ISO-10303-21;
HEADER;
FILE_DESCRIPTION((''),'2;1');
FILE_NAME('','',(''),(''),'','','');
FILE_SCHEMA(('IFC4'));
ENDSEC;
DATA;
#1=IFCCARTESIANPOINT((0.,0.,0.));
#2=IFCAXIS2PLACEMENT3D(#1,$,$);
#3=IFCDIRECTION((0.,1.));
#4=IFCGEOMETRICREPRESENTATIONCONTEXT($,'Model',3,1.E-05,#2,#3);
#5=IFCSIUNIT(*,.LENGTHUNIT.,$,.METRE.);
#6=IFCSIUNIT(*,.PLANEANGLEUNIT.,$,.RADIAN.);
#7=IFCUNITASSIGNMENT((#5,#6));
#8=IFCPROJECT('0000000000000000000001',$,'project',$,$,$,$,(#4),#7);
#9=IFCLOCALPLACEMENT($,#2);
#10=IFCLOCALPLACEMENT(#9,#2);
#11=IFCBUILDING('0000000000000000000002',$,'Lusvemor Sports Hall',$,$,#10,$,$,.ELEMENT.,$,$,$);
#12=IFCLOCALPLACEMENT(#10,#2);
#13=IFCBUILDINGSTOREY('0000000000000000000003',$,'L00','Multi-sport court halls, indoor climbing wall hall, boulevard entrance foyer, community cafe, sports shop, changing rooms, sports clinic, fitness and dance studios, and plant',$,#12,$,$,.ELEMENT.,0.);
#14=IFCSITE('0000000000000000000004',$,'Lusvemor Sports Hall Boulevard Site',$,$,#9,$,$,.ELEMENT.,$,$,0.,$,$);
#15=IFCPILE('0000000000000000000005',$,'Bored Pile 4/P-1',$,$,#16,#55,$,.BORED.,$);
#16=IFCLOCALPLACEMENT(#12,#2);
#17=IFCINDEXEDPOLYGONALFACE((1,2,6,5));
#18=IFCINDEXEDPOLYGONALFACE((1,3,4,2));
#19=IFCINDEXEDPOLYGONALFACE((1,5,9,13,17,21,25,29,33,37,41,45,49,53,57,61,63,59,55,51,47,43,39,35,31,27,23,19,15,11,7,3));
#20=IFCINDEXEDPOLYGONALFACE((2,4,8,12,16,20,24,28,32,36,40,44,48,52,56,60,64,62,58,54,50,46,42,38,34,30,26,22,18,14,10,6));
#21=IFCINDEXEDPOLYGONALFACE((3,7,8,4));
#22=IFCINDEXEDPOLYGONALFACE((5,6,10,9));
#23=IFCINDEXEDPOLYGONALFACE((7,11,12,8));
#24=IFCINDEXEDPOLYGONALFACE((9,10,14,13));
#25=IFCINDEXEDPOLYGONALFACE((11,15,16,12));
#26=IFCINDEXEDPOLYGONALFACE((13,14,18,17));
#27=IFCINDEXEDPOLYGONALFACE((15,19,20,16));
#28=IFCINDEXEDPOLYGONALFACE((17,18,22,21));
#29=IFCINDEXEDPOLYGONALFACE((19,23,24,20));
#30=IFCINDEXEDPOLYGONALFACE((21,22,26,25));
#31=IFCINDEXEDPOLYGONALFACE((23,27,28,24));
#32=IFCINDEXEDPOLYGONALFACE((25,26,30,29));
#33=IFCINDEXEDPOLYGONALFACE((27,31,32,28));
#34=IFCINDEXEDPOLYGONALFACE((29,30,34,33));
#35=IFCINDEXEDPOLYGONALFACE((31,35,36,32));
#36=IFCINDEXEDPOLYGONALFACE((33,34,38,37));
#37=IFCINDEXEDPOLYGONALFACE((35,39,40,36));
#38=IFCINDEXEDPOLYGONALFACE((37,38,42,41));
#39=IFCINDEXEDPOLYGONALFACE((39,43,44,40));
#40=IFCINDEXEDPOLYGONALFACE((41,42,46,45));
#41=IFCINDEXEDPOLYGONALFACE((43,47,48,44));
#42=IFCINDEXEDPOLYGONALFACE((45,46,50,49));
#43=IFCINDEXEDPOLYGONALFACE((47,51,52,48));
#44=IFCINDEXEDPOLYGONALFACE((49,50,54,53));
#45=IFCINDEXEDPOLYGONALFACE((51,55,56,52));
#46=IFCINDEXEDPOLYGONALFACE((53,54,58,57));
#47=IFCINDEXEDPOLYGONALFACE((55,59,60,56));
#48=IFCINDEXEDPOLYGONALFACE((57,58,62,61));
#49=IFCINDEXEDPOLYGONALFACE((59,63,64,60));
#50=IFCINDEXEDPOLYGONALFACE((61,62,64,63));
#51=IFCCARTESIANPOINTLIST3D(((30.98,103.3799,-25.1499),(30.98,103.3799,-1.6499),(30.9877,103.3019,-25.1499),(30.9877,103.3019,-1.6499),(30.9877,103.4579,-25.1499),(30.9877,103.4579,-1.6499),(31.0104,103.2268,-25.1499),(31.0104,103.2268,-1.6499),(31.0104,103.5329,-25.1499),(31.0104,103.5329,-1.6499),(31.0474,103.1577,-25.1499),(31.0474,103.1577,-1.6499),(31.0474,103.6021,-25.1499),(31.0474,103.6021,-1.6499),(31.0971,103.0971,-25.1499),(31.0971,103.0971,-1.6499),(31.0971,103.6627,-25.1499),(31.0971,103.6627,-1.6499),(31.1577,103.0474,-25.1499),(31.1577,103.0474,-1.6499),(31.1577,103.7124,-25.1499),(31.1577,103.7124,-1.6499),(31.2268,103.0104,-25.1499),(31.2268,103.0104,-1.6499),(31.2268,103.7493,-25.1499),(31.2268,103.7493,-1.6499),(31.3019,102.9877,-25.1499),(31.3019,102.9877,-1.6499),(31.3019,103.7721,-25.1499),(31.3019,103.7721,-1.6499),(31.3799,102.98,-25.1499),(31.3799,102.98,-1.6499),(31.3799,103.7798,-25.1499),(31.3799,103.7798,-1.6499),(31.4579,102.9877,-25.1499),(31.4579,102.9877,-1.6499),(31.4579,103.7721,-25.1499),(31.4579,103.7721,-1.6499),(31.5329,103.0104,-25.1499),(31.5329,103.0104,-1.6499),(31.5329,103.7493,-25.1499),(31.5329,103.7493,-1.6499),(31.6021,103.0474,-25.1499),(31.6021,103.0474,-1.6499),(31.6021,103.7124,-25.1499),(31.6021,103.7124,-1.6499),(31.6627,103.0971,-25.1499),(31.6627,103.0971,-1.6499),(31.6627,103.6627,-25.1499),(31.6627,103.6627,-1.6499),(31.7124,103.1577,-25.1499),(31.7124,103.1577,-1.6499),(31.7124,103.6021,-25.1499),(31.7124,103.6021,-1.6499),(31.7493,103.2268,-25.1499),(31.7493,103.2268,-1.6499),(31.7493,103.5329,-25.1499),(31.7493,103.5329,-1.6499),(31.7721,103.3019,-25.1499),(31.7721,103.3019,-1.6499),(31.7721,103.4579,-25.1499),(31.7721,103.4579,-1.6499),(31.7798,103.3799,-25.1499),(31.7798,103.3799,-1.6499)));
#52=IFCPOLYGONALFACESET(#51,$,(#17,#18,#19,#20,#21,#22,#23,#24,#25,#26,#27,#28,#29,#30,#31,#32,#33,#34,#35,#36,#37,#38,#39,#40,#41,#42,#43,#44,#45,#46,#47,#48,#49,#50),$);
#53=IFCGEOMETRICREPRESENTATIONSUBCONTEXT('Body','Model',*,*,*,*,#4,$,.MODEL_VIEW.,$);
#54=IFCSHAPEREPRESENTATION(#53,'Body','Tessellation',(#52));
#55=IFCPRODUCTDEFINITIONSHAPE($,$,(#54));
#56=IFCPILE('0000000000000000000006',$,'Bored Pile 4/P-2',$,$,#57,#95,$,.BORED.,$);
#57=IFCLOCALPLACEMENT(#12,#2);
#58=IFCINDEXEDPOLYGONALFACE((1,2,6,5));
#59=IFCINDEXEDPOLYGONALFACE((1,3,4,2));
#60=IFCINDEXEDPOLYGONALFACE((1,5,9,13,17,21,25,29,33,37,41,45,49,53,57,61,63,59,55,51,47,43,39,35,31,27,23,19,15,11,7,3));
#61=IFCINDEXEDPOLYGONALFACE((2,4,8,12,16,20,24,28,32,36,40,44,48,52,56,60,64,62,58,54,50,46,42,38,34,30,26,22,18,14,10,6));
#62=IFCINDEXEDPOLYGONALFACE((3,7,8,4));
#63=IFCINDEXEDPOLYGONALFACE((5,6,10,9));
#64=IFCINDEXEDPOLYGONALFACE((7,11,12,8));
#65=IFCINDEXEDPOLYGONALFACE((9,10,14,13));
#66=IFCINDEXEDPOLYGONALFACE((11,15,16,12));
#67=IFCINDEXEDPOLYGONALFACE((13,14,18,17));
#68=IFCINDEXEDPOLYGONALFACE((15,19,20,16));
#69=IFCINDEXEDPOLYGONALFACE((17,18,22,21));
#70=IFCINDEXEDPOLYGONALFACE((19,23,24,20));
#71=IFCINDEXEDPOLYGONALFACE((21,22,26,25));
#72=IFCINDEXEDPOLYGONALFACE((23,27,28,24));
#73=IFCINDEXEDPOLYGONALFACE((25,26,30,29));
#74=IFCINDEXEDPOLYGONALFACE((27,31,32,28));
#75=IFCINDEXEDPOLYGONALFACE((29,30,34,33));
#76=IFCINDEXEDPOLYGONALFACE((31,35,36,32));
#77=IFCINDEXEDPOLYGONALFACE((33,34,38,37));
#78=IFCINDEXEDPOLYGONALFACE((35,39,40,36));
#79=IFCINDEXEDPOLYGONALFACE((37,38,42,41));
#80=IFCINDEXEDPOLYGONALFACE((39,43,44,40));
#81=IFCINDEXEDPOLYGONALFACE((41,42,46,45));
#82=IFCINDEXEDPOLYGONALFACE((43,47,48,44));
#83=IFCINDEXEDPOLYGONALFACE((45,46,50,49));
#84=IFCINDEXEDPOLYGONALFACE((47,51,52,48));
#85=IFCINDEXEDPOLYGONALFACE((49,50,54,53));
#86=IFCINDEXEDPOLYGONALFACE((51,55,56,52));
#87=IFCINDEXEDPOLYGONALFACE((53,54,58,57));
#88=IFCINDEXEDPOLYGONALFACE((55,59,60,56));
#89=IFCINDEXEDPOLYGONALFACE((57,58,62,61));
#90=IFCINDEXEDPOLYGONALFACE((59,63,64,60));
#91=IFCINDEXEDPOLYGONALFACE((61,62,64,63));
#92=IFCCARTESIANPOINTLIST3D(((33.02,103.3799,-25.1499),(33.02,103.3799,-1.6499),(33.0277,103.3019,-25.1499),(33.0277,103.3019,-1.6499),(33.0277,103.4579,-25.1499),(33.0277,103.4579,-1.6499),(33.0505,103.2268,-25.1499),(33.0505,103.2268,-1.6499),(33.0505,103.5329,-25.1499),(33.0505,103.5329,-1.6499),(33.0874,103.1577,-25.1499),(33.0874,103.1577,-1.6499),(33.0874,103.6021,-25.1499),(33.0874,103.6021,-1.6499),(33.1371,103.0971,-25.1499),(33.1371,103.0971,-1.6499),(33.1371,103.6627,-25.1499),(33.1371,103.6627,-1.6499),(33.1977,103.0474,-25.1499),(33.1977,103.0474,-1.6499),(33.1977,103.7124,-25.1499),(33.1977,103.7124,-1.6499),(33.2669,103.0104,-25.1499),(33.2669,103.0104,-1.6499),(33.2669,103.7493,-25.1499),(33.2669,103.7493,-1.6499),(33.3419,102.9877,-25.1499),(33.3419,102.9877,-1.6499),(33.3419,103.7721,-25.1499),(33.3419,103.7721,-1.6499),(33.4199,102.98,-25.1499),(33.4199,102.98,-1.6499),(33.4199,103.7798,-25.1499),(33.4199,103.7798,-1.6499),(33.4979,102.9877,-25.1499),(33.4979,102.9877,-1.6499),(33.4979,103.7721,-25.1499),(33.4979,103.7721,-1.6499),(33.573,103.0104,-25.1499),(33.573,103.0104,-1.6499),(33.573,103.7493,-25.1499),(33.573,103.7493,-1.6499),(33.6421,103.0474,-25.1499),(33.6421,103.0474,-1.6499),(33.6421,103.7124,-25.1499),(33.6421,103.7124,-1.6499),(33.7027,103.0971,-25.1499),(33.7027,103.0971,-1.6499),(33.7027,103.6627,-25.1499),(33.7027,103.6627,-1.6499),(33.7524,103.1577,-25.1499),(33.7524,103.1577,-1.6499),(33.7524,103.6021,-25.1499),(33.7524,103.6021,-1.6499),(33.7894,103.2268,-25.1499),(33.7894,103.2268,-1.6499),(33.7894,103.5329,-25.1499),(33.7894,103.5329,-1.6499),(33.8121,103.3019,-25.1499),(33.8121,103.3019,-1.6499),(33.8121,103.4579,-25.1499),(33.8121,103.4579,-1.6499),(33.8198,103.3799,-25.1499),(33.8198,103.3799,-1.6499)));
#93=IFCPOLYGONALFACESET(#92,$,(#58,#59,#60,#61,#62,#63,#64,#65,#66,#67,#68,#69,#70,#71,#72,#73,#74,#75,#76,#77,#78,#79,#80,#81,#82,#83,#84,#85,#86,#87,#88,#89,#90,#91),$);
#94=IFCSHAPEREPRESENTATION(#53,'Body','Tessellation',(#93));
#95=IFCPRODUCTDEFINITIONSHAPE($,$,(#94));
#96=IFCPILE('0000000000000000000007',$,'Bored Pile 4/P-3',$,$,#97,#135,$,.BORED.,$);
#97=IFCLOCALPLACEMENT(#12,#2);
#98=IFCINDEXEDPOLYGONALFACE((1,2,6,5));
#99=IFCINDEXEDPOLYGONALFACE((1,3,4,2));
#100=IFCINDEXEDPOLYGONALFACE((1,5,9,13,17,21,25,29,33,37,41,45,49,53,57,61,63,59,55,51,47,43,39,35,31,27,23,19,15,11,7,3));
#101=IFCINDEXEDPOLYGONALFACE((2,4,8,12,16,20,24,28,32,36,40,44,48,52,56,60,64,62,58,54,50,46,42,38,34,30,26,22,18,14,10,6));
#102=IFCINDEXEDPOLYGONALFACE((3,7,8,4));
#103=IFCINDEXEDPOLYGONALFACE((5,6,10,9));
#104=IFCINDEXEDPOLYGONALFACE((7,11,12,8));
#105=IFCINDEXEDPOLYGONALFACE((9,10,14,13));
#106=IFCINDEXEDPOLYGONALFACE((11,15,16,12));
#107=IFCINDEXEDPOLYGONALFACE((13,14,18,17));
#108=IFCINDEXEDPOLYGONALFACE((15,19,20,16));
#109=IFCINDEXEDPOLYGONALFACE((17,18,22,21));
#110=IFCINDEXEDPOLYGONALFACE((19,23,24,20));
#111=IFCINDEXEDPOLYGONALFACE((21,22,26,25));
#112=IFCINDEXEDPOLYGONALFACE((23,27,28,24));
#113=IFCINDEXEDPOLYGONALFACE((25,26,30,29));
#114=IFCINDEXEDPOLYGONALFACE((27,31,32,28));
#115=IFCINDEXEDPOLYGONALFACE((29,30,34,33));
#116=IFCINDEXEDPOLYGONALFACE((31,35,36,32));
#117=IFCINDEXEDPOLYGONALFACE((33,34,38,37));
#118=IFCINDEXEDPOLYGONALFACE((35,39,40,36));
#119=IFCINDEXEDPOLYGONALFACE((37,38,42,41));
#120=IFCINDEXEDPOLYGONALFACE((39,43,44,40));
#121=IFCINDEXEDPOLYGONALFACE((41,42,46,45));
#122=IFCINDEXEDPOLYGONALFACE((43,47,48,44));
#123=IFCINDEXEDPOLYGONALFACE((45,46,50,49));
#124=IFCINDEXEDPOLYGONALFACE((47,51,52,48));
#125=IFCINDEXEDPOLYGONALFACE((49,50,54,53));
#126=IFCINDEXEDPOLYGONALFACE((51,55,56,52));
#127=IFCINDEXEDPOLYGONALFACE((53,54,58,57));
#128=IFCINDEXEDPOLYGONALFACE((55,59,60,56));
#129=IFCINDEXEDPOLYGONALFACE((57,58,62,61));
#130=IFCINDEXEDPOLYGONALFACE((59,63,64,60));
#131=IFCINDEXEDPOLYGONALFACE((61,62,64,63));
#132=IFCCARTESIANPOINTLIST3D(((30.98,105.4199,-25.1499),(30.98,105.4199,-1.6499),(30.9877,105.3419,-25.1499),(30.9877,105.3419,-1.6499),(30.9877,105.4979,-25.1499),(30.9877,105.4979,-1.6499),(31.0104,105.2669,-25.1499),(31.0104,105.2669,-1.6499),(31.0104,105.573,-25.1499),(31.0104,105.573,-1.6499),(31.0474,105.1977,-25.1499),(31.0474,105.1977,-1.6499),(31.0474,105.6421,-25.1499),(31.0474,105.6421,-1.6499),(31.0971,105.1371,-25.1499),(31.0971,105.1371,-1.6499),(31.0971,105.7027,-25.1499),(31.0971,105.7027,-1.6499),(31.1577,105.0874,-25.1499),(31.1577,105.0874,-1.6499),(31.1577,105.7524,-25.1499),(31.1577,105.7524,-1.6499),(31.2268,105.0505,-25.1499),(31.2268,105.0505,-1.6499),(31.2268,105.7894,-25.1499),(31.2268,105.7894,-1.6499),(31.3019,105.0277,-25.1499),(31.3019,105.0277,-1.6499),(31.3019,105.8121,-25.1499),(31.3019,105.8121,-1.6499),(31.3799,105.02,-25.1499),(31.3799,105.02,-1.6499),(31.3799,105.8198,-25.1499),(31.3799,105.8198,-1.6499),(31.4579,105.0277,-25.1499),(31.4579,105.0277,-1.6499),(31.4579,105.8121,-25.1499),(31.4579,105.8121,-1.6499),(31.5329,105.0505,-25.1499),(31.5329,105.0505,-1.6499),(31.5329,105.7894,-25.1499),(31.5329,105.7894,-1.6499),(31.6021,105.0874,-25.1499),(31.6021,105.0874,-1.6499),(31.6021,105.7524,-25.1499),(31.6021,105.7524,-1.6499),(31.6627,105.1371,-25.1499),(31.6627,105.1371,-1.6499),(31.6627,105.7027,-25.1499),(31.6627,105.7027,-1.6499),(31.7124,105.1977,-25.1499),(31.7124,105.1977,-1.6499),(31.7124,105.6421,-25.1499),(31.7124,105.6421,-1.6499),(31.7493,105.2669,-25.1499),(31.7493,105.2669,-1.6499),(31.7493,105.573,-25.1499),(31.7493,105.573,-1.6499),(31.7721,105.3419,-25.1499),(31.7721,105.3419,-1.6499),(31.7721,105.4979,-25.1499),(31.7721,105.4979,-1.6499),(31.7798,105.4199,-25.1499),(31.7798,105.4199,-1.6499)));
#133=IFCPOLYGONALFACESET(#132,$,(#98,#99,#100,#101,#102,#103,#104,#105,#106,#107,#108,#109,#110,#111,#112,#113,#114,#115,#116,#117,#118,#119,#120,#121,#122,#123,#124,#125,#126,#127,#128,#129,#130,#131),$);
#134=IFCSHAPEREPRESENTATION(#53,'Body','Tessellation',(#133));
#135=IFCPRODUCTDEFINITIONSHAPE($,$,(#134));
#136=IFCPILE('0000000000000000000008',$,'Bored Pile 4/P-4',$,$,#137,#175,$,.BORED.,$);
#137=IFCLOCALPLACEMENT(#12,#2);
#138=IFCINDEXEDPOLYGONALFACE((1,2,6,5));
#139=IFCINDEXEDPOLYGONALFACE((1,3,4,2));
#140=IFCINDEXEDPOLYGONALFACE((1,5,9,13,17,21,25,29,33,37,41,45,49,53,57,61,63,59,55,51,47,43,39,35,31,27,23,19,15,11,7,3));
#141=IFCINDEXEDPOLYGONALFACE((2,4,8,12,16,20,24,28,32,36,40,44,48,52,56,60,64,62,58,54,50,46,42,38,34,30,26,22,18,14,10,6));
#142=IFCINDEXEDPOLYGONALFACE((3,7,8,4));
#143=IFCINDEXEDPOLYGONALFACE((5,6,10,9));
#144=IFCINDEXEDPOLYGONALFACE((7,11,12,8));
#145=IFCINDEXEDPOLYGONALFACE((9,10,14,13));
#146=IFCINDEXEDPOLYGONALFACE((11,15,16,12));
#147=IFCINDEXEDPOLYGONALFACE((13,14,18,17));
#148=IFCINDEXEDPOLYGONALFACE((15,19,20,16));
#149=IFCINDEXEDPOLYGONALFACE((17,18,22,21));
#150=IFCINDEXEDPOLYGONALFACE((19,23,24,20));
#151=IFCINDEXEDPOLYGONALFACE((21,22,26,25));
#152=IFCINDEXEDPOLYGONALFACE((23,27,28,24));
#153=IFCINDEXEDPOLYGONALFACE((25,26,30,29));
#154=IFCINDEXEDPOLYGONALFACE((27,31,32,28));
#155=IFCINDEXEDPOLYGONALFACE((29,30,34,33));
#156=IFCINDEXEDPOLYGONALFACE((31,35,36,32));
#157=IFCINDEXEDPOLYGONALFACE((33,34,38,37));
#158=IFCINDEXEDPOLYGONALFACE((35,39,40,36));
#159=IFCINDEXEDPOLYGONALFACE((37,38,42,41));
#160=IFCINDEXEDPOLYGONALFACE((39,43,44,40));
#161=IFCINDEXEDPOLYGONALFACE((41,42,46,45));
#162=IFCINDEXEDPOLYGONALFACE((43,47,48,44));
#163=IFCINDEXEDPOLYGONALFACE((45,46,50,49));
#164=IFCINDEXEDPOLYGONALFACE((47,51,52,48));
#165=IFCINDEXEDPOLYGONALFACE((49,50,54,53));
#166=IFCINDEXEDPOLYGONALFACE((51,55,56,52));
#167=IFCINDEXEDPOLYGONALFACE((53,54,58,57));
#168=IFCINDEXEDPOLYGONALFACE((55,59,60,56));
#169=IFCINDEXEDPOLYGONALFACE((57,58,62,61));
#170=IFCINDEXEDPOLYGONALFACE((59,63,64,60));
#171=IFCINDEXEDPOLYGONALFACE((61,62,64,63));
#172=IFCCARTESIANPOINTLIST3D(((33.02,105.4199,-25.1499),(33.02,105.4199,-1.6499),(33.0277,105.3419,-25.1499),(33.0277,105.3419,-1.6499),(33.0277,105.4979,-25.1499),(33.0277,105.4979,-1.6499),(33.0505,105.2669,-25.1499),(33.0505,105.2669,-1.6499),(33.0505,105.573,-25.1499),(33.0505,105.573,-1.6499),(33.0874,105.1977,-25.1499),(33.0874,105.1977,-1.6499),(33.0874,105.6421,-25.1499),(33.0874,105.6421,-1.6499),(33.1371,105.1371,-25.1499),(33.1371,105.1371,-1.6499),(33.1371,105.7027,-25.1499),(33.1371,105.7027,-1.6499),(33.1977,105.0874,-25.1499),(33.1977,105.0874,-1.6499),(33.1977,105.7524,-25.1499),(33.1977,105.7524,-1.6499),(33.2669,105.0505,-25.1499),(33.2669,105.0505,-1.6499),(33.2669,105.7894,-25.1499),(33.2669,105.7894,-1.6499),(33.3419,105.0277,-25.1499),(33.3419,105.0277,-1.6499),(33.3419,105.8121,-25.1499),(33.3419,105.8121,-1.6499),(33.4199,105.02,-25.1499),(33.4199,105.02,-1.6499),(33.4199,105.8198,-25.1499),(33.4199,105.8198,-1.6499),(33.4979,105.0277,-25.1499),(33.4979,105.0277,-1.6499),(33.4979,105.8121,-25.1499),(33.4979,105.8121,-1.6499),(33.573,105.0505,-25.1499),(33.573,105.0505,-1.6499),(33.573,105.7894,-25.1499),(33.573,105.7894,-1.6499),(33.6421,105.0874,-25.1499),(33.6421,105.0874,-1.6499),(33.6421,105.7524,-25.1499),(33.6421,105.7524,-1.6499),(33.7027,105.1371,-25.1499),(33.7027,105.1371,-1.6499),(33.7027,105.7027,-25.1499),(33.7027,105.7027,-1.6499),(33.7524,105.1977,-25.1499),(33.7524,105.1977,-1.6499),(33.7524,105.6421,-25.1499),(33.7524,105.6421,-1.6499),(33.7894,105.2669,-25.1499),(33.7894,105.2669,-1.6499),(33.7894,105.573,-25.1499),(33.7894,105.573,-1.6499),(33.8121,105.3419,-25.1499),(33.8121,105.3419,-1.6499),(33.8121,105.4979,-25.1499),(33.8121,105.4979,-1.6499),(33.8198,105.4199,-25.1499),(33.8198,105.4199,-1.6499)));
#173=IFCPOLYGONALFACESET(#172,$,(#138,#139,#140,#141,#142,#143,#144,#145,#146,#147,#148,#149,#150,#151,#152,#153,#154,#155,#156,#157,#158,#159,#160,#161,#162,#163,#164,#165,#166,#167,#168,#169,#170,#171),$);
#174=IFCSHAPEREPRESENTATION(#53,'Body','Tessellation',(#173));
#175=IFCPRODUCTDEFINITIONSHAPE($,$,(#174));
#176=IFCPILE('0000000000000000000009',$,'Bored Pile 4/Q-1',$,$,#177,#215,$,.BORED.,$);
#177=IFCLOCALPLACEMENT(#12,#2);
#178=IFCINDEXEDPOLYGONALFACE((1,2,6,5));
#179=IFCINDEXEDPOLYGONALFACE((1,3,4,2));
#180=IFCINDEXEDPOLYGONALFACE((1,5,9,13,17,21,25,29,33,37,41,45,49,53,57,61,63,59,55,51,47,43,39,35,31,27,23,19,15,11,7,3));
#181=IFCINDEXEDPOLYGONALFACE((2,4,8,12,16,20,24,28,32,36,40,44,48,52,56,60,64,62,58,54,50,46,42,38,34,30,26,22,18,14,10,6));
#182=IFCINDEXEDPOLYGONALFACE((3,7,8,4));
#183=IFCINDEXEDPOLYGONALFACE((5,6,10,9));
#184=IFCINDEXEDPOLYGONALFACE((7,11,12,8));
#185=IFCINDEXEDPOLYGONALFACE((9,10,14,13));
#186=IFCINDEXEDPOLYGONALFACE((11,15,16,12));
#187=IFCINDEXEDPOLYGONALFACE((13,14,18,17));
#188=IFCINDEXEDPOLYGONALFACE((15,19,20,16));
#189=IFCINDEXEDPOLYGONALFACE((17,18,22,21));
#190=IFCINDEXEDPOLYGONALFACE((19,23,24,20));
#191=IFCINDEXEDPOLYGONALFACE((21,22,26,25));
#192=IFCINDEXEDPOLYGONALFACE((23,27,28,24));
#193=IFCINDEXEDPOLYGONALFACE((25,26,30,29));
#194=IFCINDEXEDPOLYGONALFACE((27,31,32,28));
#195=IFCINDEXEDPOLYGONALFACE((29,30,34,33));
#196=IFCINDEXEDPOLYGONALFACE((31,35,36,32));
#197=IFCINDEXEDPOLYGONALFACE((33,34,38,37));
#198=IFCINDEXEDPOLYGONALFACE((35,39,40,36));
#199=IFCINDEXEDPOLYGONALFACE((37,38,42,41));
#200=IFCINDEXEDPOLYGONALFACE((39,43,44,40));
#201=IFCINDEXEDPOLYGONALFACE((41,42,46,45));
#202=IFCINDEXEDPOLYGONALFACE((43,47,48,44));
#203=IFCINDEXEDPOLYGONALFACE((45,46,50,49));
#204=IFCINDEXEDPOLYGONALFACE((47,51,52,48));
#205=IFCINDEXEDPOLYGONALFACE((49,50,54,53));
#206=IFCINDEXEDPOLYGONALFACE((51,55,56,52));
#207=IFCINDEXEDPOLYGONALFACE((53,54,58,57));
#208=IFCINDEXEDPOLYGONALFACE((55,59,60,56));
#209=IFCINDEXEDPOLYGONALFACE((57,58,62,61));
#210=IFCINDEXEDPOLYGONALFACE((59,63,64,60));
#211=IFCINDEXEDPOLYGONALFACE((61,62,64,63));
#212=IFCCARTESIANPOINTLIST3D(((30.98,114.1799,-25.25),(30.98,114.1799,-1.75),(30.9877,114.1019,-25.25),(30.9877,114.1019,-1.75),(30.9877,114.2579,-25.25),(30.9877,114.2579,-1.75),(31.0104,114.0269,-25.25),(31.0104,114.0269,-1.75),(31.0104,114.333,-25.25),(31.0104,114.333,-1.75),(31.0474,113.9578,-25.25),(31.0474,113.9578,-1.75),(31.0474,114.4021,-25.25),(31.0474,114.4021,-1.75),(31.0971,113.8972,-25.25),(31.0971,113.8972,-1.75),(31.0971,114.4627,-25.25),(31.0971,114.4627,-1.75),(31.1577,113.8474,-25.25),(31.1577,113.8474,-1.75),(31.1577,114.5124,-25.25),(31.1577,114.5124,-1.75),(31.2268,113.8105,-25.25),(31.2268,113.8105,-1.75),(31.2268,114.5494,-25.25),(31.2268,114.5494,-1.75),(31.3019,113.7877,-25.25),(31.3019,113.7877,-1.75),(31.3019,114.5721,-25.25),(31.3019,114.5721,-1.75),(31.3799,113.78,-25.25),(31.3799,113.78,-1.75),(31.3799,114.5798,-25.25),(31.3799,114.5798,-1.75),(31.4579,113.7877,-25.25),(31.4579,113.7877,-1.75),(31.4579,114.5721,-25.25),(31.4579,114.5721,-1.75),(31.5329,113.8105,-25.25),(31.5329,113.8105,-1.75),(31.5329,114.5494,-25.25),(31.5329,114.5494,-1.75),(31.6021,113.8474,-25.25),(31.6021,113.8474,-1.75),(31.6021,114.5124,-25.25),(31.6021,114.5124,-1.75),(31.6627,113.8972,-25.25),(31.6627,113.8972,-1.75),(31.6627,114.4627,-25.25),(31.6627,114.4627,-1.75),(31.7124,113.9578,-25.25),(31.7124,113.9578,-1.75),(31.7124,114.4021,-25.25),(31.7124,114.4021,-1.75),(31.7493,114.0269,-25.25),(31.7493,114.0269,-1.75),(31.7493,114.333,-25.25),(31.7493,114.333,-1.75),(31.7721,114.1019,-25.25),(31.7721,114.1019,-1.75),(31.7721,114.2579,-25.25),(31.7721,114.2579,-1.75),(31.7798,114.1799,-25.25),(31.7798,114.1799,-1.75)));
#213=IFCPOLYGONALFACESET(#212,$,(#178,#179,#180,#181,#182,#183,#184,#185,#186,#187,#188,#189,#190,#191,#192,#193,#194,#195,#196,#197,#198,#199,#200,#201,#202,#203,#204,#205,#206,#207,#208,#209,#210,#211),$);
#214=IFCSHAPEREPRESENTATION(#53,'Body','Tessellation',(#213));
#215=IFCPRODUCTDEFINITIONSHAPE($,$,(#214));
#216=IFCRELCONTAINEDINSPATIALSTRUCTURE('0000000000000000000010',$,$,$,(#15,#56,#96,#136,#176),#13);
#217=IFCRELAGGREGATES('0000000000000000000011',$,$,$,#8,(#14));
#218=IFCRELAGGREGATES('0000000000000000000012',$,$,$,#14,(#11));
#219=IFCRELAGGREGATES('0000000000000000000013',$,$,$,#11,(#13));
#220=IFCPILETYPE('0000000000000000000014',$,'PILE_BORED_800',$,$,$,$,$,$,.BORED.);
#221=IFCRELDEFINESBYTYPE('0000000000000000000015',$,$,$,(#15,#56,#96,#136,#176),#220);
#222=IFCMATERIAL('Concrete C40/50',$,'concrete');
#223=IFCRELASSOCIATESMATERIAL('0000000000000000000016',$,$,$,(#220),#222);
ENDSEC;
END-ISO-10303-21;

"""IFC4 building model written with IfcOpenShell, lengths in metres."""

from ifc_helpers import new_model, si_unit, direction, frame, origin, origin_2d, place, context, subcontext, project, spatial, circle, extrude, material, material_profile, profile_set, type_object, element, save


model = new_model("IFC4")

# Units and contexts
model_context = context("Model", 3, precision=1e-05, world=origin(), true_north=direction((0.0, 1.0)))
body_context = subcontext(model_context, "Body", "Model", "MODEL_VIEW")
ifc_project = project(units=[si_unit("LENGTHUNIT", "METRE"), si_unit("PLANEANGLEUNIT", "RADIAN")], contexts=[model_context])

# Site, building, storey
site_placement = place(None, origin())
site = spatial("IfcSite", under=ifc_project, at=site_placement, Name="Lusvemor Sports Hall Boulevard Site", CompositionType="ELEMENT", RefElevation=0.0)
building_placement = place(site_placement, origin())
building = spatial("IfcBuilding", under=site, at=building_placement, Name="Lusvemor Sports Hall", CompositionType="ELEMENT")
storey_placement = place(building_placement, origin())
storey = spatial("IfcBuildingStorey", under=building, at=storey_placement, Name="L00", Description="Multi-sport court halls, indoor climbing wall hall, boulevard entrance foyer, community cafe, sports shop, changing rooms, sports clinic, fitness and dance studios, and plant", CompositionType="ELEMENT", Elevation=0.0)

# Piles
ifc_material_1 = material(Name="Concrete C40/50", Category="concrete")
ifc_material_profile_1 = material_profile(ifc_material_1, circle(Radius=0.3999, at=origin_2d()), Name="PILE800")
ifc_profile_set_1 = profile_set([ifc_material_profile_1], Name="Concrete C40/50")
pile_type = type_object("IfcPileType", Name="PILE_BORED_800", PredefinedType="BORED", material=ifc_profile_set_1)
for number, where, z_axis, x_axis, name in (
    (1, (31.3799, 103.3799, -1.6499), (0.0, 0.0, -1.0), (1.0, 0.0, 0.0), "Bored Pile 4/P-1"),
    (2, (33.4199, 103.3799, -1.6499), (0.0, 0.0, -1.0), (1.0, 0.0, 0.0), "Bored Pile 4/P-2"),
    (3, (31.3799, 105.4199, -1.6499), (0.0, 0.0, -1.0), (1.0, 0.0, 0.0), "Bored Pile 4/P-3"),
    (4, (33.4199, 105.4199, -1.6499), (0.0, 0.0, -1.0), (1.0, 0.0, 0.0), "Bored Pile 4/P-4"),
    (5, (31.3799, 114.1799, -1.75), (0.0, 0.0, -1.0), (1.0, 0.0, 0.0), "Bored Pile 4/Q-1"),
):
    element("IfcPile", number, at=place(storey_placement, frame(where, z_axis=z_axis, x_axis=x_axis)), inside=storey, type_object=pile_type, Name=name, PredefinedType="BORED", context=body_context, shape_type="SweptSolid", body=[
        extrude(circle(Radius=0.3999, at=origin_2d()), origin(), (0.0, 0.0, 1.0), 23.5),
    ])

save(model, "model.ifc")
